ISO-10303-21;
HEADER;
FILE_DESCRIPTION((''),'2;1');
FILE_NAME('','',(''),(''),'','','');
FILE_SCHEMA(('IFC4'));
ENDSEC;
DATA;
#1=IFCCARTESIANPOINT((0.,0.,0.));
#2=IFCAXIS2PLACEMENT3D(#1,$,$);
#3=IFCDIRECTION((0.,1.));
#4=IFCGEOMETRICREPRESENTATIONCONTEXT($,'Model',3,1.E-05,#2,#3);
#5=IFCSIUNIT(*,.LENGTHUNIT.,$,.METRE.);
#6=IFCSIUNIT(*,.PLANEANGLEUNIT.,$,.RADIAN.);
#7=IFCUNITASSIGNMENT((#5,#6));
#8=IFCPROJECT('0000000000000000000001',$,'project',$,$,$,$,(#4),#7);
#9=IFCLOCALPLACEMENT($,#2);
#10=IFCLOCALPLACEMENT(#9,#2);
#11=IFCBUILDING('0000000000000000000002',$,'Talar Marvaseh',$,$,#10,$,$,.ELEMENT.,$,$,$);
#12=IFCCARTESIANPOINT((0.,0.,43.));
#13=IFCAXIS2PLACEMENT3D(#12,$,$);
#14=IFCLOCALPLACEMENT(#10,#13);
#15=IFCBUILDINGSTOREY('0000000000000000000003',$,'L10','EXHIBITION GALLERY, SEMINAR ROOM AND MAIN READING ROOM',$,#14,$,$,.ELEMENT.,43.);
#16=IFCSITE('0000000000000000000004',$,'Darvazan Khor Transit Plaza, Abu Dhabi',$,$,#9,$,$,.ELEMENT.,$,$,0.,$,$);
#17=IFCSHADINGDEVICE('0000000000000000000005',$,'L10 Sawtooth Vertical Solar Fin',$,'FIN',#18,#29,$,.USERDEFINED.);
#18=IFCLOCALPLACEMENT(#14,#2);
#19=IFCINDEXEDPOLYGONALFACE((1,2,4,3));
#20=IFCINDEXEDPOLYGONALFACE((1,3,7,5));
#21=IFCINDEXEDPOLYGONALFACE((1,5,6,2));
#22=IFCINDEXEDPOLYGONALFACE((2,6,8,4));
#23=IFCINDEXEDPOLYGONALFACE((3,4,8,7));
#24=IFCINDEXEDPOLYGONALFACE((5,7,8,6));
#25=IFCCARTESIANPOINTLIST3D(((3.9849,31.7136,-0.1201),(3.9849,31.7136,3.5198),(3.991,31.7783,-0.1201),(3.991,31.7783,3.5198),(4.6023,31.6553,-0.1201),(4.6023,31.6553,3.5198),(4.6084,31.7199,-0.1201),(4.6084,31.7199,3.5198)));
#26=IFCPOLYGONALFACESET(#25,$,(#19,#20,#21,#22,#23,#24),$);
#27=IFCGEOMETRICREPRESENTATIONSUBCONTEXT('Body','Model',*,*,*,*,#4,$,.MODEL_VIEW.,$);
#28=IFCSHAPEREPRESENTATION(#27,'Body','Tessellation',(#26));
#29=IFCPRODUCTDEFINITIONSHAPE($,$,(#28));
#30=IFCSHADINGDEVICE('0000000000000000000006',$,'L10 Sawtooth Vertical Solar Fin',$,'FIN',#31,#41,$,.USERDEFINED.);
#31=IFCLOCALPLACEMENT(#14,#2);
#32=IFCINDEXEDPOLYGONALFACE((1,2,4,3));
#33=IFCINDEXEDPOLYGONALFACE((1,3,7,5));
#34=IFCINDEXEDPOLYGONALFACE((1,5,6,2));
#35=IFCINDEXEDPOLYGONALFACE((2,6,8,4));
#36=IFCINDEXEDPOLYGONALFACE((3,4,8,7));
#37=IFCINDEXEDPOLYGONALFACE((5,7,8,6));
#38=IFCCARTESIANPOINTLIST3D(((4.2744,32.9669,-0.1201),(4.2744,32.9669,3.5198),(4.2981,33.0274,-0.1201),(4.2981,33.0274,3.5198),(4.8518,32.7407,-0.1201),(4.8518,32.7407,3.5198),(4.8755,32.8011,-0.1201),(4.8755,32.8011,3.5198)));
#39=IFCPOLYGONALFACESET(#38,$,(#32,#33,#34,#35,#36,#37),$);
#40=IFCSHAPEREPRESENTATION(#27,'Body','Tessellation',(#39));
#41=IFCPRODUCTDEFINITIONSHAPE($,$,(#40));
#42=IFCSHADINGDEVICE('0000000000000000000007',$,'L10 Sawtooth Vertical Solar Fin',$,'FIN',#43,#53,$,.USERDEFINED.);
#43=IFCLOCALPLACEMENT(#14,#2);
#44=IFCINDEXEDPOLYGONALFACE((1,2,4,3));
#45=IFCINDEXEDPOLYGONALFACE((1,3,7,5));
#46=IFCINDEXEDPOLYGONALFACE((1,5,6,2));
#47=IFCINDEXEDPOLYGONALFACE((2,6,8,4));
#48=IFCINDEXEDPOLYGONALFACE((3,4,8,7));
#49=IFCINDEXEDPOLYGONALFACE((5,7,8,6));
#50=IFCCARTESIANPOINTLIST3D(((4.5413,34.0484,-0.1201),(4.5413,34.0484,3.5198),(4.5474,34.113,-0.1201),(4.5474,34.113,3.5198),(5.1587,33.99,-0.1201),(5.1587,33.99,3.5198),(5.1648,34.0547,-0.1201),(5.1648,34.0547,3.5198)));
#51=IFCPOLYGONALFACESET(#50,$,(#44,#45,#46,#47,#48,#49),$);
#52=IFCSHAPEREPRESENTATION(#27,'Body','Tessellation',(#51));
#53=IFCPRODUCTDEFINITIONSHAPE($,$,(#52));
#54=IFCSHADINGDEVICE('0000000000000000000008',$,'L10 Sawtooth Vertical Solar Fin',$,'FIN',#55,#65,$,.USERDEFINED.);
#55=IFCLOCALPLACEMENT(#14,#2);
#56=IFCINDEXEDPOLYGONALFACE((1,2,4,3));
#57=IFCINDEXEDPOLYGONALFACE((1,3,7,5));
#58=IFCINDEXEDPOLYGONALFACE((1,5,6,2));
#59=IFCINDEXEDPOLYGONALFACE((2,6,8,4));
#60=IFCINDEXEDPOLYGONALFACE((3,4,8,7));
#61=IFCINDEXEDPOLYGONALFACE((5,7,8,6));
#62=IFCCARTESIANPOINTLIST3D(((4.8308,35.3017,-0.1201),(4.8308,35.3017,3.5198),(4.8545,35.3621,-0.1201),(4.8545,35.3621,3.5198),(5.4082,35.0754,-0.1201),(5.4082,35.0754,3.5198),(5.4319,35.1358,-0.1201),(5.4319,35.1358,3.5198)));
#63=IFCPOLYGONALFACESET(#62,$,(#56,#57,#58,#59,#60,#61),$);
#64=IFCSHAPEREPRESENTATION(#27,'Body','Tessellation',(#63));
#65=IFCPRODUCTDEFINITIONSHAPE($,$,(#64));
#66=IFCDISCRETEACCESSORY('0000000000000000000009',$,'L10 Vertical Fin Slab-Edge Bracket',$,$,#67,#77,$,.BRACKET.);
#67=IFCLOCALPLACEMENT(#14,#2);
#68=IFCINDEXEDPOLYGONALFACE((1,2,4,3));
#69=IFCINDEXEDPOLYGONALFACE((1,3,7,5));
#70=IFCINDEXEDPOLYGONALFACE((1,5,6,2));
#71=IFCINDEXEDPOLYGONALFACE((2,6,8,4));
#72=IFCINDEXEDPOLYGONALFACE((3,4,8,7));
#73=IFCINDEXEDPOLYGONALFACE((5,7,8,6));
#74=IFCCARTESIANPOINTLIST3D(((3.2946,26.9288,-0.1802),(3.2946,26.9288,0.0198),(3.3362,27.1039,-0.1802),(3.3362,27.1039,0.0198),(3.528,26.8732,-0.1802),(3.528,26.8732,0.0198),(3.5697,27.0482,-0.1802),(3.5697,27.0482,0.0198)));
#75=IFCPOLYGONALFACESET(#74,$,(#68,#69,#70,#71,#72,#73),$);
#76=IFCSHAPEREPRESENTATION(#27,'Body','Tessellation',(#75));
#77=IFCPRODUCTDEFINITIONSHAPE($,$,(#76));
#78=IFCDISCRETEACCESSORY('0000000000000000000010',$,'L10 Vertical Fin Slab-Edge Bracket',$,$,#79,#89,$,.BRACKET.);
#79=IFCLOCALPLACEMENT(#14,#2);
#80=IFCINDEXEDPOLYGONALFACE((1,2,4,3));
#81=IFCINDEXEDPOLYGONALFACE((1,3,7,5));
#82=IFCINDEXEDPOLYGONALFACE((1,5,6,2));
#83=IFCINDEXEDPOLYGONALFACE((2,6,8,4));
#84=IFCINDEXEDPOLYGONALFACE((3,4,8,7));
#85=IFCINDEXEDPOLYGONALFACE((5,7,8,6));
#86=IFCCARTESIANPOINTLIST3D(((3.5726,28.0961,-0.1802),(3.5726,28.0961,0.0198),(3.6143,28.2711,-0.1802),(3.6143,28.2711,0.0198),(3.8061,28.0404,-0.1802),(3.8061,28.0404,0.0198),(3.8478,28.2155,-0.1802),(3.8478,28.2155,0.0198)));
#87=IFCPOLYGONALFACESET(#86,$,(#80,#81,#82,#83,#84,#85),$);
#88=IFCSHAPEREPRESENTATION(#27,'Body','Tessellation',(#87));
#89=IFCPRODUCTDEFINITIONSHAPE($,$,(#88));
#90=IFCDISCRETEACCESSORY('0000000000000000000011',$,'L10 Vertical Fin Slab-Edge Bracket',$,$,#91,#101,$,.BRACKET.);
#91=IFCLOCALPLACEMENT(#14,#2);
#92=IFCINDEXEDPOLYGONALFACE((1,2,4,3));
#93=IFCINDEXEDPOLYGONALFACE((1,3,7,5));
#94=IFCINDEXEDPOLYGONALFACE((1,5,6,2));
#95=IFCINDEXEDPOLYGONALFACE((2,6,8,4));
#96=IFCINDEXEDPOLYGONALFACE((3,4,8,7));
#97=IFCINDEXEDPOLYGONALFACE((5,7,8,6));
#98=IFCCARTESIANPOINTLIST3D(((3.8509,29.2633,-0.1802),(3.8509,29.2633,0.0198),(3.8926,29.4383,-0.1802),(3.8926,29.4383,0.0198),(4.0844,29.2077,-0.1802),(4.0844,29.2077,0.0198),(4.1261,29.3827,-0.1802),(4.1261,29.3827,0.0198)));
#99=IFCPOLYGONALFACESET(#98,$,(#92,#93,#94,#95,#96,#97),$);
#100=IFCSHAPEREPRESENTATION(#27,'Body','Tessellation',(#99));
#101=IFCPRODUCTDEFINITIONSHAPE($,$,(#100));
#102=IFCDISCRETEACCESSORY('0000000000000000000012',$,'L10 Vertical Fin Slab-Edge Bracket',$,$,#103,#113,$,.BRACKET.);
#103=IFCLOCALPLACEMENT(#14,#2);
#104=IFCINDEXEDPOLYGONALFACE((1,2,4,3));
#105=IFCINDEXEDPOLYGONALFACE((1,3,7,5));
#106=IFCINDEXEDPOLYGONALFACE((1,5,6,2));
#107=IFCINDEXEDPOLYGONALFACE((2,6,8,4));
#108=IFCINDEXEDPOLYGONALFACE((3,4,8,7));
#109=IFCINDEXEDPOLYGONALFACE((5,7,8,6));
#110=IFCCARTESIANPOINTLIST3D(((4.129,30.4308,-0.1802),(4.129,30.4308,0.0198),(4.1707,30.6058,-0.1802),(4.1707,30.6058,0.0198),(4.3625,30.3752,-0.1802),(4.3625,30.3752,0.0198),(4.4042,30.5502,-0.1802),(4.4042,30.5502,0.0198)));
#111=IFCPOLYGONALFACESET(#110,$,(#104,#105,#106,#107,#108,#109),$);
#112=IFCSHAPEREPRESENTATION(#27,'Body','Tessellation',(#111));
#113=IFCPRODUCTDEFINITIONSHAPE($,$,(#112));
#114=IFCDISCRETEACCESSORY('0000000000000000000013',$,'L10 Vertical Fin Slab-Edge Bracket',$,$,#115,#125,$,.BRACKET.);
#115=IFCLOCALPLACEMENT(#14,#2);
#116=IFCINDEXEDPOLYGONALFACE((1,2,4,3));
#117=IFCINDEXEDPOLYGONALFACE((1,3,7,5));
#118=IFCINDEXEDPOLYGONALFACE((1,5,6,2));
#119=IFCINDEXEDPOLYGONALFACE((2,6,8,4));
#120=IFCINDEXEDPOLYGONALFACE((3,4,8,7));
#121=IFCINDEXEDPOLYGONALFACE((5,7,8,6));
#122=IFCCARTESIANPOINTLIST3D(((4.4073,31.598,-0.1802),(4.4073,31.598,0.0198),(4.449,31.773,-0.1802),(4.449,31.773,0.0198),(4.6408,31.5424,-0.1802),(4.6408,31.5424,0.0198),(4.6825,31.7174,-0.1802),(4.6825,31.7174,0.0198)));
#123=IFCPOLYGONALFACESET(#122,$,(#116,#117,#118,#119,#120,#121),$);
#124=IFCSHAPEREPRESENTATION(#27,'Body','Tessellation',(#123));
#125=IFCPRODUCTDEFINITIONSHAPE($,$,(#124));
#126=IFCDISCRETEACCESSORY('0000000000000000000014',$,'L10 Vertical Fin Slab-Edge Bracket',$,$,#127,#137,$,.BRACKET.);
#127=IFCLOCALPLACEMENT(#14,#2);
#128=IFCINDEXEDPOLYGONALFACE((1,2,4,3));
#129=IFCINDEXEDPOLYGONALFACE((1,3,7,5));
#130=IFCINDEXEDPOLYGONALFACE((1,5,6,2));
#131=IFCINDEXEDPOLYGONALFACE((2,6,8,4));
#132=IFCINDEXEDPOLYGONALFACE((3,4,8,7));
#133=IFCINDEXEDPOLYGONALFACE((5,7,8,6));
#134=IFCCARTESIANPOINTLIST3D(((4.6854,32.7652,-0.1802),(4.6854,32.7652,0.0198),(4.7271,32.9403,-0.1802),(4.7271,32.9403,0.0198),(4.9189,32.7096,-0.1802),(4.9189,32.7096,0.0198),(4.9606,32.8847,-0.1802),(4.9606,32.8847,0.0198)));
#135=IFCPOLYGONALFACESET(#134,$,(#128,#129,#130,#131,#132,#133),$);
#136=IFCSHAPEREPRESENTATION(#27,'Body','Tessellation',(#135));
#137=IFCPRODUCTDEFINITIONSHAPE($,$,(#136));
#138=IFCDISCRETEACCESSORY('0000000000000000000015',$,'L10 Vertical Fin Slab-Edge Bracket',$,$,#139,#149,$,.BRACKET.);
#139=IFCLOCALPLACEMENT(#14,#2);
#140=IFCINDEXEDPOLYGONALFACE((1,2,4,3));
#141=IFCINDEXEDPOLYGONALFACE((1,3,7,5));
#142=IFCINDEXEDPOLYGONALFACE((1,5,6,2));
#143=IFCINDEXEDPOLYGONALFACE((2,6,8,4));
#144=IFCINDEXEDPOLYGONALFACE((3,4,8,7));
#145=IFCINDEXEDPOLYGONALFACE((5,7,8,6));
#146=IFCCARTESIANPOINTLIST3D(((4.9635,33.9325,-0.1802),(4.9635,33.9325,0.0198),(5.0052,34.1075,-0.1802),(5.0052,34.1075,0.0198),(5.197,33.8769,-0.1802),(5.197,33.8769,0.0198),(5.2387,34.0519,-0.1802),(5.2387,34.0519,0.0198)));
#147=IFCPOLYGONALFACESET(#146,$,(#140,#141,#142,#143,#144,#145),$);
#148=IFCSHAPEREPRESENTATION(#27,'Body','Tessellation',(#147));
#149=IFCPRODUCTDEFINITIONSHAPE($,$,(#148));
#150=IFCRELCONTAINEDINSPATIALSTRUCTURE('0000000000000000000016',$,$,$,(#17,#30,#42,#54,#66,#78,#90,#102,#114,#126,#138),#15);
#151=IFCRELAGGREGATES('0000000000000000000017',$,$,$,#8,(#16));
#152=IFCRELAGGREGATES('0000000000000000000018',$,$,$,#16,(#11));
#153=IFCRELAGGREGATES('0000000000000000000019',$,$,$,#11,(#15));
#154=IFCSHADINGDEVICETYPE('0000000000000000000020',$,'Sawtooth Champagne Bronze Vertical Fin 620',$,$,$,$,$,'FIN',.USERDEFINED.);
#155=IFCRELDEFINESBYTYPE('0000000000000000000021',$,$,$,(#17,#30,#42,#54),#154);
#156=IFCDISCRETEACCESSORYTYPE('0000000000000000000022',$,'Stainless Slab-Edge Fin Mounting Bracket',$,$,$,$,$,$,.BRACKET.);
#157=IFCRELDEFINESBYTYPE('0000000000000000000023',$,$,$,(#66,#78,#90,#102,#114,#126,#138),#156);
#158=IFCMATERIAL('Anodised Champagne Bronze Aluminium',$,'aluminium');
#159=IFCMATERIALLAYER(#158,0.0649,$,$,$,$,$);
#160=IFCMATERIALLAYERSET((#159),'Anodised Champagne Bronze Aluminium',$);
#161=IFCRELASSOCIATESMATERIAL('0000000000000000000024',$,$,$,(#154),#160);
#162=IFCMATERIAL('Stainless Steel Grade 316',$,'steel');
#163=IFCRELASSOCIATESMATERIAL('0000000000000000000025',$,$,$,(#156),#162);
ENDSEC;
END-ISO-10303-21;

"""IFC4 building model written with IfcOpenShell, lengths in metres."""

from ifc_helpers import new_model, si_unit, direction, frame, origin, origin_2d, place, context, subcontext, project, spatial, rectangle, extrude, source, transform, mapped, material, layer, layer_set, type_object, type_shapes, element, save


model = new_model("IFC4")

# Units and contexts
model_context = context("Model", 3, precision=1e-05, world=origin(), true_north=direction((0.0, 1.0)))
body_context = subcontext(model_context, "Body", "Model", "MODEL_VIEW")
ifc_project = project(units=[si_unit("LENGTHUNIT", "METRE"), si_unit("PLANEANGLEUNIT", "RADIAN")], contexts=[model_context])

# Site, building, storey
site_placement = place(None, origin())
site = spatial("IfcSite", under=ifc_project, at=site_placement, Name="Darvazan Khor Transit Plaza, Abu Dhabi", CompositionType="ELEMENT", RefElevation=0.0)
building_placement = place(site_placement, origin())
building = spatial("IfcBuilding", under=site, at=building_placement, Name="Talar Marvaseh", CompositionType="ELEMENT")
storey_placement = place(building_placement, frame((0.0, 0.0, 43.0)))
storey = spatial("IfcBuildingStorey", under=building, at=storey_placement, Name="L10", Description="EXHIBITION GALLERY, SEMINAR ROOM AND MAIN READING ROOM", CompositionType="ELEMENT", Elevation=43.0)

# Shading devices
ifc_material_1 = material(Name="Anodised Champagne Bronze Aluminium", Category="aluminium")
ifc_layer_1 = layer(ifc_material_1, 0.0649)
ifc_layer_set_1 = layer_set([ifc_layer_1], Name="Anodised Champagne Bronze Aluminium")
shading_device_type_1 = type_object("IfcShadingDeviceType", Name="Sawtooth Champagne Bronze Vertical Fin 620", ElementType="FIN", PredefinedType="USERDEFINED", material=ifc_layer_set_1)
shared_shape_1 = source(origin(), body_context, "Body", "SweptSolid", [
    extrude(rectangle(XDim=0.6201, YDim=0.0649, at=origin_2d()), origin(), (0.0, 0.0, 1.0), 3.6399),
])
type_shapes(shading_device_type_1, [shared_shape_1])
for number, where, z_axis, x_axis, name in (
    (1, (4.2966, 31.7168, -0.1201), (0.0, 0.0, 1.0), (-0.995562, 0.094108, 0.0), "L10 Sawtooth Vertical Solar Fin"),
    (2, (4.575, 32.884, -0.1201), (0.0, 0.0, 1.0), (-0.931056, 0.364877, 0.0), "L10 Sawtooth Vertical Solar Fin"),
    (3, (4.853, 34.0515, -0.1201), (0.0, 0.0, 1.0), (-0.995562, 0.094108, 0.0), "L10 Sawtooth Vertical Solar Fin"),
    (4, (5.1313, 35.2188, -0.1201), (0.0, 0.0, 1.0), (-0.931056, 0.364877, 0.0), "L10 Sawtooth Vertical Solar Fin"),
):
    element("IfcShadingDevice", number, at=place(storey_placement, frame(where, z_axis=z_axis, x_axis=x_axis)), inside=storey, type_object=shading_device_type_1, Name=name, ObjectType="FIN", PredefinedType="USERDEFINED", context=body_context, shape_type="MappedRepresentation", body=[
        mapped(shared_shape_1, transform((0.0, 0.0, 0.0), x_axis=(1.0, 0.0, 0.0), y_axis=(0.0, 1.0, 0.0), z_axis=(0.0, 0.0, 1.0), scale=1.0)),
    ])

# Discrete accessories
ifc_material_2 = material(Name="Stainless Steel Grade 316", Category="steel")
discrete_accessory_type = type_object("IfcDiscreteAccessoryType", Name="Stainless Slab-Edge Fin Mounting Bracket", PredefinedType="BRACKET", material=ifc_material_2)
shared_shape_2 = source(origin(), body_context, "Body", "SweptSolid", [
    extrude(rectangle(XDim=0.24, YDim=0.1799, at=origin_2d()), origin(), (0.0, 0.0, 1.0), 0.2),
])
type_shapes(discrete_accessory_type, [shared_shape_2])
for number, where, z_axis, x_axis, name in (
    (5, (3.4321, 26.9885, -0.1802), (0.0, 0.0, 1.0), (-0.972776, 0.231748, 0.0), "L10 Vertical Fin Slab-Edge Bracket"),
    (6, (3.7102, 28.1558, -0.1802), (0.0, 0.0, 1.0), (-0.972776, 0.231748, 0.0), "L10 Vertical Fin Slab-Edge Bracket"),
    (7, (3.9885, 29.323, -0.1802), (0.0, 0.0, 1.0), (-0.972776, 0.231748, 0.0), "L10 Vertical Fin Slab-Edge Bracket"),
    (8, (4.2666, 30.4905, -0.1802), (0.0, 0.0, 1.0), (-0.972776, 0.231748, 0.0), "L10 Vertical Fin Slab-Edge Bracket"),
    (9, (4.5449, 31.6577, -0.1802), (0.0, 0.0, 1.0), (-0.972776, 0.231748, 0.0), "L10 Vertical Fin Slab-Edge Bracket"),
    (10, (4.823, 32.825, -0.1802), (0.0, 0.0, 1.0), (-0.972776, 0.231748, 0.0), "L10 Vertical Fin Slab-Edge Bracket"),
    (11, (5.1011, 33.9922, -0.1802), (0.0, 0.0, 1.0), (-0.972776, 0.231748, 0.0), "L10 Vertical Fin Slab-Edge Bracket"),
):
    element("IfcDiscreteAccessory", number, at=place(storey_placement, frame(where, z_axis=z_axis, x_axis=x_axis)), inside=storey, type_object=discrete_accessory_type, Name=name, PredefinedType="BRACKET", context=body_context, shape_type="MappedRepresentation", body=[
        mapped(shared_shape_2, transform((0.0, 0.0, 0.0), x_axis=(1.0, 0.0, 0.0), y_axis=(0.0, 1.0, 0.0), z_axis=(0.0, 0.0, 1.0), scale=1.0)),
    ])

save(model, "model.ifc")
